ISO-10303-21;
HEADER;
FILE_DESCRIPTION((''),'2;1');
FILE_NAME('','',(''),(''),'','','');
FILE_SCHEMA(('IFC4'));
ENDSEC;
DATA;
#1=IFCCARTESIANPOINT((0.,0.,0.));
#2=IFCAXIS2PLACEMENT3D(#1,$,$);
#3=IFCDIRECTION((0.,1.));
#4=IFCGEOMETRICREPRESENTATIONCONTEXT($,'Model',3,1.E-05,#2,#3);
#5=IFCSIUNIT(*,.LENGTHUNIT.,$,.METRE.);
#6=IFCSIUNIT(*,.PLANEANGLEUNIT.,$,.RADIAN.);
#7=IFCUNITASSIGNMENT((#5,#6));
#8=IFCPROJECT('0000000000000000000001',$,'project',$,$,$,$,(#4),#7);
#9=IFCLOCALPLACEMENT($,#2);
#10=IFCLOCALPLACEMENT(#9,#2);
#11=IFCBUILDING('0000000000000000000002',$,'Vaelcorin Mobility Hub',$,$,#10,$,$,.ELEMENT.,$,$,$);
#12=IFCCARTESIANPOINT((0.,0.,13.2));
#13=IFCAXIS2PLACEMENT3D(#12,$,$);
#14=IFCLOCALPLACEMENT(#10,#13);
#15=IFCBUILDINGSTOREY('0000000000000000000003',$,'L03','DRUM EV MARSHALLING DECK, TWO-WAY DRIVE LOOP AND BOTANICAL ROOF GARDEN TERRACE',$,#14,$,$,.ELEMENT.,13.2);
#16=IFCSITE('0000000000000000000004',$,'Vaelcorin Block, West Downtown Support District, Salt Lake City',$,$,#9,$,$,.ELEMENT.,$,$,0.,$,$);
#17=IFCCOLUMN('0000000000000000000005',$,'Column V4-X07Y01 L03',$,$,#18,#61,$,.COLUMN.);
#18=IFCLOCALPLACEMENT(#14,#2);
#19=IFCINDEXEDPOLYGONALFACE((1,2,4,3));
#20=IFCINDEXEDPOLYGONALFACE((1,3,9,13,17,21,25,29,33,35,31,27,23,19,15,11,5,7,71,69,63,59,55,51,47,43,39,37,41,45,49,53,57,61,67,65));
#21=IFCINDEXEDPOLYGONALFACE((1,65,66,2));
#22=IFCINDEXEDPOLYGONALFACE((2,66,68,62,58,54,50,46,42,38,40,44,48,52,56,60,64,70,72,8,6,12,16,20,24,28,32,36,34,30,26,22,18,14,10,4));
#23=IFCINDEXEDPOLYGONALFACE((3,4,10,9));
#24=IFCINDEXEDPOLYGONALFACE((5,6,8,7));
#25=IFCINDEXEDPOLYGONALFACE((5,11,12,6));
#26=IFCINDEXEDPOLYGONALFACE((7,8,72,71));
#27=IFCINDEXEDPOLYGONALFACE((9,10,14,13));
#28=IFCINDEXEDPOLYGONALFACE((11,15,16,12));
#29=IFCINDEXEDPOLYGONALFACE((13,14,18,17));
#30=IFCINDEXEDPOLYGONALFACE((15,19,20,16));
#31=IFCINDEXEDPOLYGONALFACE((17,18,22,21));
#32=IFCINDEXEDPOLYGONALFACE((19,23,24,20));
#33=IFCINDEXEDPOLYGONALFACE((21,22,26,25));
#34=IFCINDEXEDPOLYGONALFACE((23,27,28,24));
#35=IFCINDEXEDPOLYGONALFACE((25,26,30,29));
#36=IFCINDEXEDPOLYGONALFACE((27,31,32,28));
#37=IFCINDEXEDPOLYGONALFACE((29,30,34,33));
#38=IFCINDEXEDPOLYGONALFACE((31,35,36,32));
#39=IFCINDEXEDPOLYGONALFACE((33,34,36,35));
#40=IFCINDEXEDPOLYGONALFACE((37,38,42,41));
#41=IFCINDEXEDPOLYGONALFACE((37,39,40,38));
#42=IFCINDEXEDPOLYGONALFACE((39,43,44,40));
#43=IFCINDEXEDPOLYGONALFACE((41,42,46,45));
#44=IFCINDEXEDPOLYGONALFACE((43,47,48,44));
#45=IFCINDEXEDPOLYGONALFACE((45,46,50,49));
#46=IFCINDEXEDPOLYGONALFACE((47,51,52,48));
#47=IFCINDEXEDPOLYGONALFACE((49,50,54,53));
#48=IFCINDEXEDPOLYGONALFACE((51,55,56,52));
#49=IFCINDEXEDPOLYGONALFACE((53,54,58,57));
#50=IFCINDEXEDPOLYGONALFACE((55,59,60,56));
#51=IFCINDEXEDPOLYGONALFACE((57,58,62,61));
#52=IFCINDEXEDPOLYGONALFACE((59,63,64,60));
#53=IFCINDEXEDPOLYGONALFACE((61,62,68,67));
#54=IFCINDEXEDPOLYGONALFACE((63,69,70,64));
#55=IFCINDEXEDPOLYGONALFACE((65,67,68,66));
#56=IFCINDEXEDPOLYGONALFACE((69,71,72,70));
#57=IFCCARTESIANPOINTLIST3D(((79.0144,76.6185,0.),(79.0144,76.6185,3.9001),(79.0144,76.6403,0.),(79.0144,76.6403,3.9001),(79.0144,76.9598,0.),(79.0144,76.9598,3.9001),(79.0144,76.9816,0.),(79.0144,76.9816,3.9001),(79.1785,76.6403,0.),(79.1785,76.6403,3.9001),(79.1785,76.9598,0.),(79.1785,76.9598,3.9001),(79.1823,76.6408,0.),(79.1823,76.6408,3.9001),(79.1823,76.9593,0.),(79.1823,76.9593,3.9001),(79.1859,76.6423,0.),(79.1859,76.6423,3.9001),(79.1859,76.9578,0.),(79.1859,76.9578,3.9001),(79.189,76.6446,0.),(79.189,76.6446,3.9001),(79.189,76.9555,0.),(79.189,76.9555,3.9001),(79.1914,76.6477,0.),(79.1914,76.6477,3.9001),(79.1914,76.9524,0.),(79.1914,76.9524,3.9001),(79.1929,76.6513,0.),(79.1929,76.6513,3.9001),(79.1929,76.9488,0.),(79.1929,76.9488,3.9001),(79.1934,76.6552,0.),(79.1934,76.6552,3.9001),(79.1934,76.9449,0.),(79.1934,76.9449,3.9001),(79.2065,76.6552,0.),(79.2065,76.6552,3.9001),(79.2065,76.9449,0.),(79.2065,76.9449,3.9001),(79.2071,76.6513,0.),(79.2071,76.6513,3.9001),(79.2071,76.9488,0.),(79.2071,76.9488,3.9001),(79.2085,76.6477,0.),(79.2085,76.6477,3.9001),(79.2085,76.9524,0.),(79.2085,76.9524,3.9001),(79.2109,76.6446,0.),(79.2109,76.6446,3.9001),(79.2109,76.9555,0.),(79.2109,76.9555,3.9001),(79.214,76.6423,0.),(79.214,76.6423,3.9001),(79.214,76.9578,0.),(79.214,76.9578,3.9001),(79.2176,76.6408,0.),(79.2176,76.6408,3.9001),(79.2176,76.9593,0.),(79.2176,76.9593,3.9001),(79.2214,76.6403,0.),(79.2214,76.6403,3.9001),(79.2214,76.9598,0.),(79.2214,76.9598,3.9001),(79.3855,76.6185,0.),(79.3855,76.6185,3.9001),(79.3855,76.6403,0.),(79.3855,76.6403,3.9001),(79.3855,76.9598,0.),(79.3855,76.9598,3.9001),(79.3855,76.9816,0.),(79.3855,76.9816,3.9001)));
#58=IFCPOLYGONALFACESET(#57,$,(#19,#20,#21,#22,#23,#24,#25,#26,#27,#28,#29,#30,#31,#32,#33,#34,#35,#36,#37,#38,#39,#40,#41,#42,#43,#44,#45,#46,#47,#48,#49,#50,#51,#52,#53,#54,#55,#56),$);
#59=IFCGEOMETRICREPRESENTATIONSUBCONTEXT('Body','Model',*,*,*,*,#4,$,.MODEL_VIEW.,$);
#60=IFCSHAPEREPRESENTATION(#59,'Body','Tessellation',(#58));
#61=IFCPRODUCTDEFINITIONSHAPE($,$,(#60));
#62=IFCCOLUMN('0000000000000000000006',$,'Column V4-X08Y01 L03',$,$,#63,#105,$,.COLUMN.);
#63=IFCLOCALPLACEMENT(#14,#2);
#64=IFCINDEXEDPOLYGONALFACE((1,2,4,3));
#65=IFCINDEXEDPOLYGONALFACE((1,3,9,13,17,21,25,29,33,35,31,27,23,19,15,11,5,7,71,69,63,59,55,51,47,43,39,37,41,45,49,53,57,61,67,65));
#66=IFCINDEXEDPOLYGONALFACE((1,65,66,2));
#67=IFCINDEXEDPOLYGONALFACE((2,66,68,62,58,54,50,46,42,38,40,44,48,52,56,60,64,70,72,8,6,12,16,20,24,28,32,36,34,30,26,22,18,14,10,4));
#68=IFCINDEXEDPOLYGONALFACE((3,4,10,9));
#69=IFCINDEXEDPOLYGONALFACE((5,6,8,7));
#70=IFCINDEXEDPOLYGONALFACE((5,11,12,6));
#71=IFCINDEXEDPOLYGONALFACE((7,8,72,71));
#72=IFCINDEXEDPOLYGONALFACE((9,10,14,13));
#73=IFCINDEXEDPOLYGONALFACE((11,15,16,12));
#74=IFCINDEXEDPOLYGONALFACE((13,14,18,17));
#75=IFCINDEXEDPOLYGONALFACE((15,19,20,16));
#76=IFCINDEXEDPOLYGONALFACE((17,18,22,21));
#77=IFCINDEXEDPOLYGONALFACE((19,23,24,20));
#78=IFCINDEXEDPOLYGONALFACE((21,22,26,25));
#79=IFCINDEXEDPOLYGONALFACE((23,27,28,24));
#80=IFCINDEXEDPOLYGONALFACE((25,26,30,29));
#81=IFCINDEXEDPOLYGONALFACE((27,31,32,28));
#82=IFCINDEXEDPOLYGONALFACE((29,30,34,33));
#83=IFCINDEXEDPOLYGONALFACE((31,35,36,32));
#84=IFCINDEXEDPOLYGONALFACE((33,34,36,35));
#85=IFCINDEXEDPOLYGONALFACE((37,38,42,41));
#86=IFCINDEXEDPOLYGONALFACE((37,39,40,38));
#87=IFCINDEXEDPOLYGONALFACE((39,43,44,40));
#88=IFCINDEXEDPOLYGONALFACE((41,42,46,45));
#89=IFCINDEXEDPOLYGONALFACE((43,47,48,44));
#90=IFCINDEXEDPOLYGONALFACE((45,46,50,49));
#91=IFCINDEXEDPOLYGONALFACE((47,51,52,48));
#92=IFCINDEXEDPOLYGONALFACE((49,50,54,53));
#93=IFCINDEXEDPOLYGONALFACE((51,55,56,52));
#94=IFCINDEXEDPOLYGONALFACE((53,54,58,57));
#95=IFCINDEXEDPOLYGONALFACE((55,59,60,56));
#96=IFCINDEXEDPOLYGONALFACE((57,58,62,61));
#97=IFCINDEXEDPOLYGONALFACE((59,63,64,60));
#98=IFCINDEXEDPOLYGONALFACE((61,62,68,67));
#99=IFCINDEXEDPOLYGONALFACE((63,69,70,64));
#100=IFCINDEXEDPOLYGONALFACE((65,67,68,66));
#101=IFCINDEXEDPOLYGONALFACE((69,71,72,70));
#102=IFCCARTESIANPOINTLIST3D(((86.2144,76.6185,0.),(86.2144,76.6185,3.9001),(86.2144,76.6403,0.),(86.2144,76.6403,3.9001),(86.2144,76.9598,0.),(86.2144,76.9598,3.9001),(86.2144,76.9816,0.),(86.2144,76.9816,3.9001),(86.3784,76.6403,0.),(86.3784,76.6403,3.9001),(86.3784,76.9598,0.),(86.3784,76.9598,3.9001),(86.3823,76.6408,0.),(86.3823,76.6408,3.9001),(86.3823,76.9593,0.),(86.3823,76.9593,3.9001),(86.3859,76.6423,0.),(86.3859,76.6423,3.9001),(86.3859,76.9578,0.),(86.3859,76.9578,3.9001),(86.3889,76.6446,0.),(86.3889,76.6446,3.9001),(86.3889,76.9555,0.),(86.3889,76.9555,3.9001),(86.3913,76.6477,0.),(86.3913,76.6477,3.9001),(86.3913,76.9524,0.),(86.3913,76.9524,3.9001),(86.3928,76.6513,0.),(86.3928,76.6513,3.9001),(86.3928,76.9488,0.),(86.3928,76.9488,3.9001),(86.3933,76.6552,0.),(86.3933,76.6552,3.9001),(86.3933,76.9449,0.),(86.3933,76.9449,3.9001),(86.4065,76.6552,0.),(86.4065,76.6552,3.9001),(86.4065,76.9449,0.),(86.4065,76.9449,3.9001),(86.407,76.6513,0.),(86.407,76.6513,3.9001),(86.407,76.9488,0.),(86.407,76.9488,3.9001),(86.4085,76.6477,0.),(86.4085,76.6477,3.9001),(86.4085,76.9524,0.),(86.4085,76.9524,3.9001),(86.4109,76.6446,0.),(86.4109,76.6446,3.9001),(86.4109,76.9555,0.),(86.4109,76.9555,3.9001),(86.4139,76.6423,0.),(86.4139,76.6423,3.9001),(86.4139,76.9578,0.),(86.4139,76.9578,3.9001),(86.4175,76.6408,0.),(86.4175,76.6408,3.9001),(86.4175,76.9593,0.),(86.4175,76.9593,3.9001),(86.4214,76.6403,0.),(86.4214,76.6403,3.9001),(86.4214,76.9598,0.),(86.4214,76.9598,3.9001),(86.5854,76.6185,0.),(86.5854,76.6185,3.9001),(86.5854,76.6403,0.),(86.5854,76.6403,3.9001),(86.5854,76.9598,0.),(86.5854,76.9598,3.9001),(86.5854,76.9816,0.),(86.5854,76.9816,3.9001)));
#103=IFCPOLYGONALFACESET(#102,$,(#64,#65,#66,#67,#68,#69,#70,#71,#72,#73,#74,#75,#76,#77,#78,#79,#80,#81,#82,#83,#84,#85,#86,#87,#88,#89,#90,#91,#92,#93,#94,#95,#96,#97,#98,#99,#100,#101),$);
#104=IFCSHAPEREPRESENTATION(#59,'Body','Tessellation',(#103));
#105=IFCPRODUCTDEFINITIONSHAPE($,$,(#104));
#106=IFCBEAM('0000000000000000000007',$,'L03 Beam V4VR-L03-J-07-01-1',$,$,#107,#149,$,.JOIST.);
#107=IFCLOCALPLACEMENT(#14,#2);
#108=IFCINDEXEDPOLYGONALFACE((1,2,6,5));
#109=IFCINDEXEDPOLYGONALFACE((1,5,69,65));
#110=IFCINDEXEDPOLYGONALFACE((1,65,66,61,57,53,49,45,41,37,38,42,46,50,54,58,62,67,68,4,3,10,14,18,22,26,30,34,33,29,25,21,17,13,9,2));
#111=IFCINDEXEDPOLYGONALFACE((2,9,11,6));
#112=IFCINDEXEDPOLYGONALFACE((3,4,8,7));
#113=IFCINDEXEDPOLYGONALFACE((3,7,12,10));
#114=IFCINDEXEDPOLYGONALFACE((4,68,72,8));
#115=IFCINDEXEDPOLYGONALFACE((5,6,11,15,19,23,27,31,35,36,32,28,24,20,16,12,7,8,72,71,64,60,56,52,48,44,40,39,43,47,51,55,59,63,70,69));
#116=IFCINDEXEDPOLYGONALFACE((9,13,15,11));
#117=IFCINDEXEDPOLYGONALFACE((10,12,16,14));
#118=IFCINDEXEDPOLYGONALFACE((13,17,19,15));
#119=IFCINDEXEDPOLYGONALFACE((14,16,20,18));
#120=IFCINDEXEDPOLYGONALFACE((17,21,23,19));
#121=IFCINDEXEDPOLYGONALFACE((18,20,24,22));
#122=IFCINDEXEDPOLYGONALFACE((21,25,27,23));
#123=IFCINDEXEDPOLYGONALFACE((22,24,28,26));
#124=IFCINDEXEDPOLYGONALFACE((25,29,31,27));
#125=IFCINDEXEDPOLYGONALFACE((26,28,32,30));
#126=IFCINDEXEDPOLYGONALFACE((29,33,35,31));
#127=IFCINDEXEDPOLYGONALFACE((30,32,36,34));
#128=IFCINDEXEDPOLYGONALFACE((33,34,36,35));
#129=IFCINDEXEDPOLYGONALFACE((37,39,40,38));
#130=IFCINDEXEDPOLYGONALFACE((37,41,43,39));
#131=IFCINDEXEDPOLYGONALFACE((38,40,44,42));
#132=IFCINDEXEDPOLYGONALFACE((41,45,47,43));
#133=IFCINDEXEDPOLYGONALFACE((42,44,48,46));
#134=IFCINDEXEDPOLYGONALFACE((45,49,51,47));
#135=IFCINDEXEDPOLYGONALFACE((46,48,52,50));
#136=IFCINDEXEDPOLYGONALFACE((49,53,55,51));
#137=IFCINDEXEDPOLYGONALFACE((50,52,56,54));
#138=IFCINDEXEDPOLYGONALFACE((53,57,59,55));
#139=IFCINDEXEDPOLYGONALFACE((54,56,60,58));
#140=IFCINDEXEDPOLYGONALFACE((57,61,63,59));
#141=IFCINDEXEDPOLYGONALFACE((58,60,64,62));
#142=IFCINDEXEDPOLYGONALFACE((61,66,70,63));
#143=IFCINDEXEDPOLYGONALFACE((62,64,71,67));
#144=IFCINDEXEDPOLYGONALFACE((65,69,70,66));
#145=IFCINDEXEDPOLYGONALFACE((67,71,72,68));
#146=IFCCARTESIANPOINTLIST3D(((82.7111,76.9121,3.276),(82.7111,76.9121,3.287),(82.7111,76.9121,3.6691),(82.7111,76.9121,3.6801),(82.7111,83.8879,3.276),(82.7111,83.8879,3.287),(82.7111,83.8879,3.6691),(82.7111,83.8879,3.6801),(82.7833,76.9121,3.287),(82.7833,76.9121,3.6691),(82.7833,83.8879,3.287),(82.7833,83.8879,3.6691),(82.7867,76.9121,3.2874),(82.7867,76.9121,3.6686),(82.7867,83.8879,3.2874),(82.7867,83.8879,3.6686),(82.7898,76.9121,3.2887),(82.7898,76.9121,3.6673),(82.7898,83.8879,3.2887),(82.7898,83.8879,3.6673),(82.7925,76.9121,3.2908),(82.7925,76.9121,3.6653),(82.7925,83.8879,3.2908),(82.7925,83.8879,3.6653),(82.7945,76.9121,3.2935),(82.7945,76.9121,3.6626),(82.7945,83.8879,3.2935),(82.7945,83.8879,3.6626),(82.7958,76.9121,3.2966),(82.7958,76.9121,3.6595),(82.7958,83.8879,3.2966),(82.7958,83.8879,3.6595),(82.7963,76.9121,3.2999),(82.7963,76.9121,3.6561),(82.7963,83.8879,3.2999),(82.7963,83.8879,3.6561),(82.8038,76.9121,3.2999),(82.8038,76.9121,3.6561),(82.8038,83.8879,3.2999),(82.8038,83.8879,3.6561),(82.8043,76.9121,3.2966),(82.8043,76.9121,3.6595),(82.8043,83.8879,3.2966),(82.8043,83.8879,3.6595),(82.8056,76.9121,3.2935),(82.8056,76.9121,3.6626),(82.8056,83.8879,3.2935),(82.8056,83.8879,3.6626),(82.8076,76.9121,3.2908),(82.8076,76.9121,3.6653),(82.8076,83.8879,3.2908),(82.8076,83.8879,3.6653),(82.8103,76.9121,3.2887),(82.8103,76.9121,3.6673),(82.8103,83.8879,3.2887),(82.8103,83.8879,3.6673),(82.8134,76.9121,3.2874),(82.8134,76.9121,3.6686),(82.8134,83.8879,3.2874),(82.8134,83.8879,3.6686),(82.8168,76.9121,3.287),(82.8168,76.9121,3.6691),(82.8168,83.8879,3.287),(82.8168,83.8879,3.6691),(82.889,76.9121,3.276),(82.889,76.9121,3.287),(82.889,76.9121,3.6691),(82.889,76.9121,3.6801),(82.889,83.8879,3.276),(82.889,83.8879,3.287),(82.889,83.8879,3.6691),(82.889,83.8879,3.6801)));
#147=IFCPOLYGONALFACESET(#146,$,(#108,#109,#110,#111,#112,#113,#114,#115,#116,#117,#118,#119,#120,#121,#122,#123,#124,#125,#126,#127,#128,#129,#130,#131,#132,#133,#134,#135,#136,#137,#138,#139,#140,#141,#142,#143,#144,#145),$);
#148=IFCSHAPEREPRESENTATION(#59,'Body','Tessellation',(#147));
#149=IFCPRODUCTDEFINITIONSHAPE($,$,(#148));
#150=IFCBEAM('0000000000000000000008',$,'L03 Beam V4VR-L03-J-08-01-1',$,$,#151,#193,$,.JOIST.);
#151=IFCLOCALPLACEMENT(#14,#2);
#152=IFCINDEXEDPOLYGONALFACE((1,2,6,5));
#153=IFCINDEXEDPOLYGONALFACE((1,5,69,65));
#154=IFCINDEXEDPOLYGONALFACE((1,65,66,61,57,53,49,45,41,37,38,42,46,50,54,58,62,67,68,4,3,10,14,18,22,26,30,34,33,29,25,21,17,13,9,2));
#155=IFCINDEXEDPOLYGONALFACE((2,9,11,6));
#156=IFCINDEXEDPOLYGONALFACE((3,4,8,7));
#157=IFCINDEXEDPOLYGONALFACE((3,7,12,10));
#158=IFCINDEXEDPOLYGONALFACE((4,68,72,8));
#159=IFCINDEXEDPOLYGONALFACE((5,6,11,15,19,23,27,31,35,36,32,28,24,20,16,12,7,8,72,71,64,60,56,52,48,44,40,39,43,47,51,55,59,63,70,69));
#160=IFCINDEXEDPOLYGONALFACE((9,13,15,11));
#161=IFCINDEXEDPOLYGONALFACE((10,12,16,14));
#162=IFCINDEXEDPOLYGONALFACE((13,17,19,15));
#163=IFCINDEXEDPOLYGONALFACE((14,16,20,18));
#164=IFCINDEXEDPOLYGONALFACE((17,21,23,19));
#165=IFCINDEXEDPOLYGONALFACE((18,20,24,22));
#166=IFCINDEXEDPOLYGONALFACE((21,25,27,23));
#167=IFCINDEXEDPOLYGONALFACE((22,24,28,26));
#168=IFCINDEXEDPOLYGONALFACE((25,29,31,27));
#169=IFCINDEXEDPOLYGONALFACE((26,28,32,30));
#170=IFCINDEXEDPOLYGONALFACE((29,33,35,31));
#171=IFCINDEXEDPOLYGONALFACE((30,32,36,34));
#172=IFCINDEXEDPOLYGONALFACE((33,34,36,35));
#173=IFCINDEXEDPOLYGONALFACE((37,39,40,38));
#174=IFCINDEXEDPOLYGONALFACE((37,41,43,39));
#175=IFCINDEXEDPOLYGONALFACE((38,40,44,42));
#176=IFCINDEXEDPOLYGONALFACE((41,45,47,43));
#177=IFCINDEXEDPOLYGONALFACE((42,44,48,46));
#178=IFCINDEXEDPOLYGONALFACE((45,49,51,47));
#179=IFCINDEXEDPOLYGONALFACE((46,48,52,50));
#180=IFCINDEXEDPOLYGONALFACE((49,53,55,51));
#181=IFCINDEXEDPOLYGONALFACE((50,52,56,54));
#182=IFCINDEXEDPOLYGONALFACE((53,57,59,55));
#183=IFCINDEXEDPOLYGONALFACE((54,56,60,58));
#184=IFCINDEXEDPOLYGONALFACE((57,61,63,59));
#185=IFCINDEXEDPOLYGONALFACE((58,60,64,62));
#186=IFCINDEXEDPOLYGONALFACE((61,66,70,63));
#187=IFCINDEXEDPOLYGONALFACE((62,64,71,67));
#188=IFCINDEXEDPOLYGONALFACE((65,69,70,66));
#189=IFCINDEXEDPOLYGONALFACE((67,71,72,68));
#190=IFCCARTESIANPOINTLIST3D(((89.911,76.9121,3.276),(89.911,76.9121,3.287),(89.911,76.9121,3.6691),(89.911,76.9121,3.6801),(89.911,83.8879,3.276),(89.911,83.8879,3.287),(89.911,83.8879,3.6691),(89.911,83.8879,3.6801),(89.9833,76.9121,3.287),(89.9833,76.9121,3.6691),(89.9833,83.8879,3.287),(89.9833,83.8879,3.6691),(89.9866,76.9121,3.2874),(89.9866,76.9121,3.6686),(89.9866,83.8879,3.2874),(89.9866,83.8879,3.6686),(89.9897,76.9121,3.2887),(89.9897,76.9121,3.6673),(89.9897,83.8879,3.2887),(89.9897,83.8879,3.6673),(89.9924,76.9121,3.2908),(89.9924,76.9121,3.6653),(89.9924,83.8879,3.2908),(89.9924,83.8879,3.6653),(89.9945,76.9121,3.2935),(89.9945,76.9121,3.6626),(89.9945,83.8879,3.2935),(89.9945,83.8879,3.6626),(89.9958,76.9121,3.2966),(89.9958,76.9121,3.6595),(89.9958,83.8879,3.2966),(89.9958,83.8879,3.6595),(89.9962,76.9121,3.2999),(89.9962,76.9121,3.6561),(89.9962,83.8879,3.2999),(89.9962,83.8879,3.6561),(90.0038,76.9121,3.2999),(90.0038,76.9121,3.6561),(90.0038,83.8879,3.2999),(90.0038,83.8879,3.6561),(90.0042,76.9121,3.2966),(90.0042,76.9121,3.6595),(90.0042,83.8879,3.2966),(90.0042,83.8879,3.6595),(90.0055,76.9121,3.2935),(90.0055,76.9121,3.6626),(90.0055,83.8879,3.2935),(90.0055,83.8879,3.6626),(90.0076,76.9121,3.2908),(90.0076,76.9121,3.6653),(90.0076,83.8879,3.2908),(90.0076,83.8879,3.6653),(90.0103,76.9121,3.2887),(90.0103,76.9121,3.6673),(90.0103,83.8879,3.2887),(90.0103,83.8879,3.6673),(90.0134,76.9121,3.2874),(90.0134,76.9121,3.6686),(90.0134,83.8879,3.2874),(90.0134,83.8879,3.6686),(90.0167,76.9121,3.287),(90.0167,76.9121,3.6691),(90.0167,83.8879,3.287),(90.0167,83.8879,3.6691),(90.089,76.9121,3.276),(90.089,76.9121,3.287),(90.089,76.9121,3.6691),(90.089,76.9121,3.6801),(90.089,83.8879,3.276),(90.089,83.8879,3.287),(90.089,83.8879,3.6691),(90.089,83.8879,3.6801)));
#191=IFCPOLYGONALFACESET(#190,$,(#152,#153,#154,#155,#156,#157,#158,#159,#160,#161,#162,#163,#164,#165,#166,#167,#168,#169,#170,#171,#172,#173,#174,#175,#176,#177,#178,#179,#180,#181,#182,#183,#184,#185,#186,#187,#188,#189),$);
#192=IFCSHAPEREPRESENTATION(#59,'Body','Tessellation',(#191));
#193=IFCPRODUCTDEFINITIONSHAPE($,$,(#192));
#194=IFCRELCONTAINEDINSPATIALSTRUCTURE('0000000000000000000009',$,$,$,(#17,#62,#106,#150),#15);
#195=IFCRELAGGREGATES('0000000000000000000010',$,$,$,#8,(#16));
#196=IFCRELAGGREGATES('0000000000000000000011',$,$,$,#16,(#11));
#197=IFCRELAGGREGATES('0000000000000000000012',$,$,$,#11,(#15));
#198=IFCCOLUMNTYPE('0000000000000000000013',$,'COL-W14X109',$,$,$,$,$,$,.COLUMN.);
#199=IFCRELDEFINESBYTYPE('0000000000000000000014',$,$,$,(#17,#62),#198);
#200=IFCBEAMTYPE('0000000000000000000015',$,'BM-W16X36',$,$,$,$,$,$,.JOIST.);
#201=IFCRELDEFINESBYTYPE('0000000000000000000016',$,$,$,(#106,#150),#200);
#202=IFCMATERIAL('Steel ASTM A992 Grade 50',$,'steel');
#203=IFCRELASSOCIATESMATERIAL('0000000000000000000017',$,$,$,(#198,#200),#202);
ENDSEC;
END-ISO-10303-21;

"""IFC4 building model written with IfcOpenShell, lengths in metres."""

from ifc_helpers import new_model, si_unit, direction, frame, origin, origin_2d, place, context, subcontext, project, spatial, i_section, extrude, material, material_profile, profile_set, type_object, element, save


model = new_model("IFC4")

# Units and contexts
model_context = context("Model", 3, precision=1e-05, world=origin(), true_north=direction((0.0, 1.0)))
body_context = subcontext(model_context, "Body", "Model", "MODEL_VIEW")
ifc_project = project(units=[si_unit("LENGTHUNIT", "METRE"), si_unit("PLANEANGLEUNIT", "RADIAN")], contexts=[model_context])

# Site, building, storey
site_placement = place(None, origin())
site = spatial("IfcSite", under=ifc_project, at=site_placement, Name="Vaelcorin Block, West Downtown Support District, Salt Lake City", CompositionType="ELEMENT", RefElevation=0.0)
building_placement = place(site_placement, origin())
building = spatial("IfcBuilding", under=site, at=building_placement, Name="Vaelcorin Mobility Hub", CompositionType="ELEMENT")
storey_placement = place(building_placement, frame((0.0, 0.0, 13.2)))
storey = spatial("IfcBuildingStorey", under=building, at=storey_placement, Name="L03", Description="DRUM EV MARSHALLING DECK, TWO-WAY DRIVE LOOP AND BOTANICAL ROOF GARDEN TERRACE", CompositionType="ELEMENT", Elevation=13.2)

# Columns
ifc_material_1 = material(Name="Steel ASTM A992 Grade 50", Category="steel")
ifc_material_profile_1 = material_profile(ifc_material_1, i_section(OverallWidth=0.3711, OverallDepth=0.363, WebThickness=0.0132, FlangeThickness=0.0217, FilletRadius=0.0149, at=origin_2d()), Name="W14X109")
ifc_profile_set_1 = profile_set([ifc_material_profile_1], Name="Steel ASTM A992 Grade 50")
column_type = type_object("IfcColumnType", Name="COL-W14X109", PredefinedType="COLUMN", material=ifc_profile_set_1)
for number, where, z_axis, x_axis, name in (
    (1, (79.2, 76.8, 0.0), (0.0, 0.0, 1.0), (1.0, 0.0, 0.0), "Column V4-X07Y01 L03"),
    (2, (86.3999, 76.8, 0.0), (0.0, 0.0, 1.0), (1.0, 0.0, 0.0), "Column V4-X08Y01 L03"),
):
    element("IfcColumn", number, at=place(storey_placement, frame(where, z_axis=z_axis, x_axis=x_axis)), inside=storey, type_object=column_type, Name=name, PredefinedType="COLUMN", context=body_context, shape_type="SweptSolid", body=[
        extrude(i_section(OverallWidth=0.3711, OverallDepth=0.363, WebThickness=0.0132, FlangeThickness=0.0217, FilletRadius=0.0149, at=origin_2d()), origin(), (0.0, 0.0, 1.0), 3.9001),
    ])

# Beams
ifc_material_profile_2 = material_profile(ifc_material_1, i_section(OverallWidth=0.178, OverallDepth=0.4041, WebThickness=0.0076, FlangeThickness=0.011, FilletRadius=0.0129, at=origin_2d()), Name="W16X36")
ifc_profile_set_2 = profile_set([ifc_material_profile_2], Name="Steel ASTM A992 Grade 50")
beam_type_1 = type_object("IfcBeamType", Name="BM-W16X36", PredefinedType="JOIST", material=ifc_profile_set_2)
for number, where, z_axis, x_axis, name in (
    (3, (82.8, 76.9121, 3.478), (0.0, 1.0, 0.0), (-1.0, 0.0, 0.0), "L03 Beam V4VR-L03-J-07-01-1"),
    (4, (90.0, 76.9121, 3.478), (0.0, 1.0, 0.0), (-1.0, 0.0, 0.0), "L03 Beam V4VR-L03-J-08-01-1"),
):
    element("IfcBeam", number, at=place(storey_placement, frame(where, z_axis=z_axis, x_axis=x_axis)), inside=storey, type_object=beam_type_1, Name=name, PredefinedType="JOIST", context=body_context, shape_type="SweptSolid", body=[
        extrude(i_section(OverallWidth=0.178, OverallDepth=0.4041, WebThickness=0.0076, FlangeThickness=0.011, FilletRadius=0.0129, at=origin_2d()), origin(), (0.0, 0.0, 1.0), 6.9758),
    ])

save(model, "model.ifc")
